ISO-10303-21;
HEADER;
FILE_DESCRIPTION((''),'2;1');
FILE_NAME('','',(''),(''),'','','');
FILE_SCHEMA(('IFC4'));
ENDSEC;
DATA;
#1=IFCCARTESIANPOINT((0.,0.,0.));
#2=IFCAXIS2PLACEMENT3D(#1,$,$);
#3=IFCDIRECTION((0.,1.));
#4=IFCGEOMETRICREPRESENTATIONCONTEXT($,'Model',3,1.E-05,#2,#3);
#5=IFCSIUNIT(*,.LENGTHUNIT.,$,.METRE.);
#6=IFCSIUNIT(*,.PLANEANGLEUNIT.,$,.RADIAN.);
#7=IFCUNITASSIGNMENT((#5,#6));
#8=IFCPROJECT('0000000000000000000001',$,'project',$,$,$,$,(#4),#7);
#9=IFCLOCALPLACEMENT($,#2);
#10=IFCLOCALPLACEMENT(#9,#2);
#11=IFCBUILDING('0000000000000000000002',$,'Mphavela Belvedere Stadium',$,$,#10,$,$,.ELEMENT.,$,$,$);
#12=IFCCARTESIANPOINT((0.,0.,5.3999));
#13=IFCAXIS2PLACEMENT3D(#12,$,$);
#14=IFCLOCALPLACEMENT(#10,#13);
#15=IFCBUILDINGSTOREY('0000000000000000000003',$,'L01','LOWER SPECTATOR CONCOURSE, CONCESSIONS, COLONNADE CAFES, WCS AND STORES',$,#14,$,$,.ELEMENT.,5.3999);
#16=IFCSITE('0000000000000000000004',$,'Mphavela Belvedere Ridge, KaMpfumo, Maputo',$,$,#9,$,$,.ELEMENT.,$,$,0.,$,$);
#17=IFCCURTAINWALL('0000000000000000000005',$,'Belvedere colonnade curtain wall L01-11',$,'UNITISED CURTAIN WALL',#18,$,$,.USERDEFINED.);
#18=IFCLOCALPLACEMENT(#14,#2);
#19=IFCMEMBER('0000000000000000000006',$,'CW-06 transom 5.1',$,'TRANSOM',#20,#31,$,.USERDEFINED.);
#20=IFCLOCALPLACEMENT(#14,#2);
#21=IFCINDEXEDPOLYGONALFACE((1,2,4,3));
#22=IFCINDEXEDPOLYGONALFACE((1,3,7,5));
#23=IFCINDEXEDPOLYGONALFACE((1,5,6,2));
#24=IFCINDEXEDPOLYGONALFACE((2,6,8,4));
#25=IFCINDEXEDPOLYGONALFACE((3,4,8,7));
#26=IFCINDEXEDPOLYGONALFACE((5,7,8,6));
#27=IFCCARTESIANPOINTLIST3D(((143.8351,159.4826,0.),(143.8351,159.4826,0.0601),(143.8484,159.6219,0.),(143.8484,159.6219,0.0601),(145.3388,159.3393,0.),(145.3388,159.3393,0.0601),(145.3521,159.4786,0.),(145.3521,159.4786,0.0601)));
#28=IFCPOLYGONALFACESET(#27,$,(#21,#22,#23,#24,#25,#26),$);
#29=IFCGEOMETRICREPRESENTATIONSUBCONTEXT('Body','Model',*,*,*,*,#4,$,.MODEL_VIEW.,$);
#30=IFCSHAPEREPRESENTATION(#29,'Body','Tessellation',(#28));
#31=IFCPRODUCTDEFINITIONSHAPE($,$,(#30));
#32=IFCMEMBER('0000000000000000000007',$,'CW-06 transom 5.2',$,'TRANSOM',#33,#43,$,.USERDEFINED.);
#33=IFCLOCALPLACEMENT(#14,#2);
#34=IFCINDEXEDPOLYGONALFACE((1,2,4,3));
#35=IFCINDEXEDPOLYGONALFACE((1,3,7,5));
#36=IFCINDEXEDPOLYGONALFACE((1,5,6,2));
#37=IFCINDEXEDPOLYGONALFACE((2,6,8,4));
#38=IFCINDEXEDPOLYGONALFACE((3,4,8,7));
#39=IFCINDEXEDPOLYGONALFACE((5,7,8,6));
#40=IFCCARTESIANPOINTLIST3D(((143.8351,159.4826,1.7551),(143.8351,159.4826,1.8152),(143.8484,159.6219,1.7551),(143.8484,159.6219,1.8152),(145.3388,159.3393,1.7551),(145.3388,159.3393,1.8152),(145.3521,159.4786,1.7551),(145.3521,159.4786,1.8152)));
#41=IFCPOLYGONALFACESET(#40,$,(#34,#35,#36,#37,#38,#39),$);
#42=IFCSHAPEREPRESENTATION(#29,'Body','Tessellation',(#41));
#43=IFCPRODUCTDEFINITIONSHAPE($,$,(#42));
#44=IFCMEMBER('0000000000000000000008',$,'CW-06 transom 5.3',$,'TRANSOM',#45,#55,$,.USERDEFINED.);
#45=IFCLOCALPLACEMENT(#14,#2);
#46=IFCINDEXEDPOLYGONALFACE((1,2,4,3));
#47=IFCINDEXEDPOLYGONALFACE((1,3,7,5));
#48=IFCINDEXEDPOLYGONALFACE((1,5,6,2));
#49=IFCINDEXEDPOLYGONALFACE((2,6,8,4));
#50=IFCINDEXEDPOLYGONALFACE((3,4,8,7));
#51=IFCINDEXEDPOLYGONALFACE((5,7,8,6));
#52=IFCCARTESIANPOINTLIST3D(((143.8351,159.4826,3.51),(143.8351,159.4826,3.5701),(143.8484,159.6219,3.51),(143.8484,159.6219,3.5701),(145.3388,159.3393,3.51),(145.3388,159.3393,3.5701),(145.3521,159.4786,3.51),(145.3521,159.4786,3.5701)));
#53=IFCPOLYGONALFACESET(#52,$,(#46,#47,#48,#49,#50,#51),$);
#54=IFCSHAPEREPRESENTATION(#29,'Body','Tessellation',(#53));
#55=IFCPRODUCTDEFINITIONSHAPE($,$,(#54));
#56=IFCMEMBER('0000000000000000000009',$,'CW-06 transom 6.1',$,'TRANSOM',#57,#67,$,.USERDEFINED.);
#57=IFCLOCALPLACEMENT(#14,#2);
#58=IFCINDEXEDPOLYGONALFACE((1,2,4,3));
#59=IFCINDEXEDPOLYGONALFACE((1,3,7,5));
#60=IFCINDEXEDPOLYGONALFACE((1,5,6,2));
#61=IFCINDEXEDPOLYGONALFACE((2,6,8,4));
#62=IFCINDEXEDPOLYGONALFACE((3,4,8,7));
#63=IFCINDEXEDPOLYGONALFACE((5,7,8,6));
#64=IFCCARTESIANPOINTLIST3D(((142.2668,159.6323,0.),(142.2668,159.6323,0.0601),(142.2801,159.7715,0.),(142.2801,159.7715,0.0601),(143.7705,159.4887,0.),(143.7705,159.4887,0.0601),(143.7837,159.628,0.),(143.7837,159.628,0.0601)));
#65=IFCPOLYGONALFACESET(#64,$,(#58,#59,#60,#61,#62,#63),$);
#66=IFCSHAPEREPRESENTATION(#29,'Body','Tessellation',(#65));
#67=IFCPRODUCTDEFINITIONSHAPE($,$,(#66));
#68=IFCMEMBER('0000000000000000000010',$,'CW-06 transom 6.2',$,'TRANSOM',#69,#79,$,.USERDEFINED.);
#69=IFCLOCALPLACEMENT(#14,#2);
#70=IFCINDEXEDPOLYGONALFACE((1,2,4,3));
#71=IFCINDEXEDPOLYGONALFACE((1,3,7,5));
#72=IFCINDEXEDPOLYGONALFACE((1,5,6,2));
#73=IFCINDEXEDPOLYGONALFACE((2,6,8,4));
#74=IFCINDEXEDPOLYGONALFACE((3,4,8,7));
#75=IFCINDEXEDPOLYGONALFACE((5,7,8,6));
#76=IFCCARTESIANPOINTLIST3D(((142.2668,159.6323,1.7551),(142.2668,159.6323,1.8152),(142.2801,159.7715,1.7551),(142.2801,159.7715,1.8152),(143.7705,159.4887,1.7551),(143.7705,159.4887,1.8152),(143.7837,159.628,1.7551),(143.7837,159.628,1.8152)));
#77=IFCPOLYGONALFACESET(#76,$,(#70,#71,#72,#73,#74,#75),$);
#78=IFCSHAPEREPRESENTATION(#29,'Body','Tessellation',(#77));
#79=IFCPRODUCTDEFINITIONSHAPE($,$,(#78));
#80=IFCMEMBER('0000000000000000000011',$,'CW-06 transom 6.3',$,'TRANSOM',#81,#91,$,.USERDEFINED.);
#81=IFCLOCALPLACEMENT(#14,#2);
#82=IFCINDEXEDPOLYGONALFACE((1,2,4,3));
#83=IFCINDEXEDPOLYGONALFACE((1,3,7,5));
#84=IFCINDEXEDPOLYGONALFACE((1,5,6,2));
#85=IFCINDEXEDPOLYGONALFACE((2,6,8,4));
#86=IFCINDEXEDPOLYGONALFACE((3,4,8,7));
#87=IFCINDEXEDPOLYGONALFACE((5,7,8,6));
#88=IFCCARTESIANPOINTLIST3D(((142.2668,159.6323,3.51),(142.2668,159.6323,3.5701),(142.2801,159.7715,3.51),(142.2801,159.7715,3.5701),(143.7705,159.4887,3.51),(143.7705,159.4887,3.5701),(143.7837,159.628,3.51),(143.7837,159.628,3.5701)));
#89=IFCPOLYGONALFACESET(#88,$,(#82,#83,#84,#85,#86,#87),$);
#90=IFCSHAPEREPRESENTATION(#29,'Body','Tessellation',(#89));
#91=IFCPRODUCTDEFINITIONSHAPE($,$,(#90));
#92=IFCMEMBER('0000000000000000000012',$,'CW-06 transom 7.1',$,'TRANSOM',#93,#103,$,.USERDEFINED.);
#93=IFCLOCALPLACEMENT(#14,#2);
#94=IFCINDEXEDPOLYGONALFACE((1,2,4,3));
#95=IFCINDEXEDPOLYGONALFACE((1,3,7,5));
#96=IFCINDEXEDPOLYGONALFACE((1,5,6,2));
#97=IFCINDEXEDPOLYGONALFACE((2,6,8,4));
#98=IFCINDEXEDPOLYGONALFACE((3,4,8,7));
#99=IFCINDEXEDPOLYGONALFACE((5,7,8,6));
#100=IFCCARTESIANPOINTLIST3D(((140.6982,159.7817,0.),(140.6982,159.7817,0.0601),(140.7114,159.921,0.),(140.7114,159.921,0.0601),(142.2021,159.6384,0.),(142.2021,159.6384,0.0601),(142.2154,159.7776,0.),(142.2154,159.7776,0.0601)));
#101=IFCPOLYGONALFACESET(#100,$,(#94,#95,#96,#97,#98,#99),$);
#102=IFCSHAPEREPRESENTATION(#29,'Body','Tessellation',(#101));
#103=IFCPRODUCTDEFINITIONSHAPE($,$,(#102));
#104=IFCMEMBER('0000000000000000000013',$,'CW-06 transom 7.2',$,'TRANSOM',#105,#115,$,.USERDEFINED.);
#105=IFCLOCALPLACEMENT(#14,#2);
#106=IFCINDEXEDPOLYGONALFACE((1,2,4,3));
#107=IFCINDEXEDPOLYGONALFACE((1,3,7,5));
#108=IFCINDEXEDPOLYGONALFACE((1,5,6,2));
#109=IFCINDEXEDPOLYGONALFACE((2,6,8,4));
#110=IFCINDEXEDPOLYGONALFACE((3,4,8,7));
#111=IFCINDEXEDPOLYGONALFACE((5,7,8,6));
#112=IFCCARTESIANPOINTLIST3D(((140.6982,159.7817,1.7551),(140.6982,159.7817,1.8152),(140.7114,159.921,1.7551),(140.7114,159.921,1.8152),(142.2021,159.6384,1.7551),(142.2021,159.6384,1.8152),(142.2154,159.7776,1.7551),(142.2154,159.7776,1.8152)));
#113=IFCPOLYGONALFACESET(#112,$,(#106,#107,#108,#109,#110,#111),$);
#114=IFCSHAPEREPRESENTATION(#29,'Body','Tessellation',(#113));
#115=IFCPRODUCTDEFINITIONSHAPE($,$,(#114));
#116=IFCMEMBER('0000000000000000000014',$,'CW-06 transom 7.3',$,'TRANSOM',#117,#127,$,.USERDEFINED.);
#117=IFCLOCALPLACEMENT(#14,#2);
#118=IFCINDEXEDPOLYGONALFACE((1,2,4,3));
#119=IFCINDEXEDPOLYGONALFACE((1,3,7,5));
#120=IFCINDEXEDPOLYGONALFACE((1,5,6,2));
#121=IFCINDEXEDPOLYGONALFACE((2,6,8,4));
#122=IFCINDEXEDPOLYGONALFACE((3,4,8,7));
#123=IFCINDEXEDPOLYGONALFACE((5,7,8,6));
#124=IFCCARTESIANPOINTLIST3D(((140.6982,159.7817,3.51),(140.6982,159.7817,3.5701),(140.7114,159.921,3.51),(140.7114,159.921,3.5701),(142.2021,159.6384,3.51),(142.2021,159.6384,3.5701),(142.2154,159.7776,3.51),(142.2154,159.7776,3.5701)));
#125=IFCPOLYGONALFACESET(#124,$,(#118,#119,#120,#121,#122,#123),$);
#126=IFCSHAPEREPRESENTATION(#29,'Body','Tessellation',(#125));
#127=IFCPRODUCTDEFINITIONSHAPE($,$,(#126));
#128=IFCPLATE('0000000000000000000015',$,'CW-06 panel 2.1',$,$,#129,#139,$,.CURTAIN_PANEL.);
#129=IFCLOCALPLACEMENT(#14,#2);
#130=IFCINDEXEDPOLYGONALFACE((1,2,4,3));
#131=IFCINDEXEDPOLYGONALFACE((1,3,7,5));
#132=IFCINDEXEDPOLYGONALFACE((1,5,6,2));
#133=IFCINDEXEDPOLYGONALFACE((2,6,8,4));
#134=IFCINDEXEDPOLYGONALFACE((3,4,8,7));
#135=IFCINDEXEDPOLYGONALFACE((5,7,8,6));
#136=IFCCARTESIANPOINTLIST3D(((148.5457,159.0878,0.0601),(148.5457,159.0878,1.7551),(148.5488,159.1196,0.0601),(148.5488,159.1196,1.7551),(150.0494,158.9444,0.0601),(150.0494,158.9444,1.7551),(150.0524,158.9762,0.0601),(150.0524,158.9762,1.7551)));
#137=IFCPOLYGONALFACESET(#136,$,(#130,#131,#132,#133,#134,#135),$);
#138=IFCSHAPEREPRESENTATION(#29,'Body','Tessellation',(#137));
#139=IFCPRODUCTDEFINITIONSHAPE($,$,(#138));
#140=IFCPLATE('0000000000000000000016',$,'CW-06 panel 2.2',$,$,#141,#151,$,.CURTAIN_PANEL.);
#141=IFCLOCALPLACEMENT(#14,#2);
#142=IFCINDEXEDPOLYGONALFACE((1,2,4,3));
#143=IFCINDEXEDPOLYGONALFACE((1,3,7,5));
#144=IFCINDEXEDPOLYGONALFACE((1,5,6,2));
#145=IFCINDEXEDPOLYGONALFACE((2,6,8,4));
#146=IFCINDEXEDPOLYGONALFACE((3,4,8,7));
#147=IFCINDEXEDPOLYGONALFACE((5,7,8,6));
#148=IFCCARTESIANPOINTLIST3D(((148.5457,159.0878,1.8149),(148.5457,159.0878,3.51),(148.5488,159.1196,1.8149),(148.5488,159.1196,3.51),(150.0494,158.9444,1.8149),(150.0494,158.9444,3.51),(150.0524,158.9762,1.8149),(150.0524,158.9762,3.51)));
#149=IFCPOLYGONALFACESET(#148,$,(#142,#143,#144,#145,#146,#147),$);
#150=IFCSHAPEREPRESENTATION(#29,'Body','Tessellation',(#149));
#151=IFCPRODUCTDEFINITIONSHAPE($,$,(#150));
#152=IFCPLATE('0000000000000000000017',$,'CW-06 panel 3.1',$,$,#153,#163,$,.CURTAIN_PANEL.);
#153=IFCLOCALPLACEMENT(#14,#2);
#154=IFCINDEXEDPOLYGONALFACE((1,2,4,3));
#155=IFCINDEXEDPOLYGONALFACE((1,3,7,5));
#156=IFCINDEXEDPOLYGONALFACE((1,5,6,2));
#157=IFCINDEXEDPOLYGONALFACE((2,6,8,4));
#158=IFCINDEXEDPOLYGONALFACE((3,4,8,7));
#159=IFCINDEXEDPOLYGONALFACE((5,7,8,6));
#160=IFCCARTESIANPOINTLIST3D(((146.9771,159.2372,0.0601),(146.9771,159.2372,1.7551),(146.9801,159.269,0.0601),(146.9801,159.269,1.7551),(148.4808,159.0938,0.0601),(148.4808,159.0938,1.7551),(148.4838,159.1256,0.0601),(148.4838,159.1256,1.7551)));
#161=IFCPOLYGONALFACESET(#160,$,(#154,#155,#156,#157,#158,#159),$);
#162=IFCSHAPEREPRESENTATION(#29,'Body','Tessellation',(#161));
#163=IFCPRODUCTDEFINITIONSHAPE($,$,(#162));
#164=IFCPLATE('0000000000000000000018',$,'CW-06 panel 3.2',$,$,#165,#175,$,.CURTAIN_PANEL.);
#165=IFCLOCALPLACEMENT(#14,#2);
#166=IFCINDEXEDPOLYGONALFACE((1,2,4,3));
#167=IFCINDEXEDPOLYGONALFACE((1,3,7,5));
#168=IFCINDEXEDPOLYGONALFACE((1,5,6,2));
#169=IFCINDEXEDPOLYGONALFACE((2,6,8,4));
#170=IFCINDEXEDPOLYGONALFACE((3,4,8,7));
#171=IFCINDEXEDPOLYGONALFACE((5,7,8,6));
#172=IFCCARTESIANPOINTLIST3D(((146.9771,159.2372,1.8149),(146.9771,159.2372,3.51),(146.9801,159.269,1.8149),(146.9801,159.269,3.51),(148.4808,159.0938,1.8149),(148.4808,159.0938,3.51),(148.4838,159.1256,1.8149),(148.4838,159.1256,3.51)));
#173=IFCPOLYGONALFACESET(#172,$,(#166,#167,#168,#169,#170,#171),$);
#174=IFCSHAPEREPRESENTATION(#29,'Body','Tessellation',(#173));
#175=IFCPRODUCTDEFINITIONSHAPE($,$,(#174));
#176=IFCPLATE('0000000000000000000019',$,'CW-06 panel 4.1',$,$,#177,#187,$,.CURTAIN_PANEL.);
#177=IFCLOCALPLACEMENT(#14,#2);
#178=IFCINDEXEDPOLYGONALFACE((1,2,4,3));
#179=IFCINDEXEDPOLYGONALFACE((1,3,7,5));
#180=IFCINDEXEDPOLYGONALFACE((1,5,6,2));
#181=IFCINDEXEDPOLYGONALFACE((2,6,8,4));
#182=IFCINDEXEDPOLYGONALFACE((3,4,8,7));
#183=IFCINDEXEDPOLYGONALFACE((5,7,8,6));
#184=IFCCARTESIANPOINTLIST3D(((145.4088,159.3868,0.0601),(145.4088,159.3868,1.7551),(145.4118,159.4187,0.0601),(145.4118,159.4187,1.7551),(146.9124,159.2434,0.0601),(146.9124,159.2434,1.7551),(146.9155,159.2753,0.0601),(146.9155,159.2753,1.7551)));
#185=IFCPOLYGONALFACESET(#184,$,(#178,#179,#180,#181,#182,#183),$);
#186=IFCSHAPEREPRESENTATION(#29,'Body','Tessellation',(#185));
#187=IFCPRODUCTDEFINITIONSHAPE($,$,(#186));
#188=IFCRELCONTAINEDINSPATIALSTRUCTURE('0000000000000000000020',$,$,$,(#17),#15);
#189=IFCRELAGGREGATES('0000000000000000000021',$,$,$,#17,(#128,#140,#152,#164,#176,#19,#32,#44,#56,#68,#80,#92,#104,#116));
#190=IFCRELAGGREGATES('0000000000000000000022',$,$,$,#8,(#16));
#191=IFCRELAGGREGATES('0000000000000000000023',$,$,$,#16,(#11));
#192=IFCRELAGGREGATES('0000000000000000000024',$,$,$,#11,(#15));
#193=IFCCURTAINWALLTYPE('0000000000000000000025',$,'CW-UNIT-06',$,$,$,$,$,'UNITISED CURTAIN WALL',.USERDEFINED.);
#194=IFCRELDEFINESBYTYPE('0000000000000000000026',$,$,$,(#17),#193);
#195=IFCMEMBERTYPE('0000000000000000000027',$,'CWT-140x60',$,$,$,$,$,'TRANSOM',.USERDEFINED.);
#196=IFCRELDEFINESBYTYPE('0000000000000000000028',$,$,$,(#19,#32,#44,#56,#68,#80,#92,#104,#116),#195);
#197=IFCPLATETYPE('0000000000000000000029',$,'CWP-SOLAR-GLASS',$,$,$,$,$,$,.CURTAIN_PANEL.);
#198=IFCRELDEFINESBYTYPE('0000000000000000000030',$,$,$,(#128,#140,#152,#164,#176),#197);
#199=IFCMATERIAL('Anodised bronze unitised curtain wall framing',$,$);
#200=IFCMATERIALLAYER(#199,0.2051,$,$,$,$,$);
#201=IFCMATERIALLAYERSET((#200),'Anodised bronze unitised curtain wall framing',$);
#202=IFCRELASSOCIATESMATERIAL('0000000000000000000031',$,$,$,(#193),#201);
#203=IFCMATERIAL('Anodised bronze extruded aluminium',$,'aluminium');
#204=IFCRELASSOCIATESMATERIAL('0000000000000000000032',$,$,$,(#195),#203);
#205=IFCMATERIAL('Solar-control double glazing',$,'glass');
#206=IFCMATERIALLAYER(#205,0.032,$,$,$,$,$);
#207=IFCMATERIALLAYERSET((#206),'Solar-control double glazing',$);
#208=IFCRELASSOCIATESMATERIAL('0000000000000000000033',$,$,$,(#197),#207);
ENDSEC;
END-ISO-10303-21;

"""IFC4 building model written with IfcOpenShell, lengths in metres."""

from ifc_helpers import new_model, si_unit, direction, frame, origin, origin_2d, place, context, subcontext, project, spatial, rectangle, extrude, material, layer, layer_set, material_profile, profile_set, type_object, element, aggregate, save


model = new_model("IFC4")

# Units and contexts
model_context = context("Model", 3, precision=1e-05, world=origin(), true_north=direction((0.0, 1.0)))
body_context = subcontext(model_context, "Body", "Model", "MODEL_VIEW")
ifc_project = project(units=[si_unit("LENGTHUNIT", "METRE"), si_unit("PLANEANGLEUNIT", "RADIAN")], contexts=[model_context])

# Site, building, storey
site_placement = place(None, origin())
site = spatial("IfcSite", under=ifc_project, at=site_placement, Name="Mphavela Belvedere Ridge, KaMpfumo, Maputo", CompositionType="ELEMENT", RefElevation=0.0)
building_placement = place(site_placement, origin())
building = spatial("IfcBuilding", under=site, at=building_placement, Name="Mphavela Belvedere Stadium", CompositionType="ELEMENT")
storey_placement = place(building_placement, frame((0.0, 0.0, 5.3999)))
storey = spatial("IfcBuildingStorey", under=building, at=storey_placement, Name="L01", Description="LOWER SPECTATOR CONCOURSE, CONCESSIONS, COLONNADE CAFES, WCS AND STORES", CompositionType="ELEMENT", Elevation=5.3999)

# Curtain wall, members, plates
ifc_material_1 = material(Name="Anodised bronze unitised curtain wall framing")
ifc_layer_1 = layer(ifc_material_1, 0.2051)
ifc_layer_set_1 = layer_set([ifc_layer_1], Name="Anodised bronze unitised curtain wall framing")
curtain_wall_type = type_object("IfcCurtainWallType", Name="CW-UNIT-06", ElementType="UNITISED CURTAIN WALL", PredefinedType="USERDEFINED", material=ifc_layer_set_1)
curtain_wall_placement = place(storey_placement, origin())
curtain_wall = element("IfcCurtainWall", 1, at=curtain_wall_placement, inside=storey, type_object=curtain_wall_type, Name="Belvedere colonnade curtain wall L01-11", ObjectType="UNITISED CURTAIN WALL", PredefinedType="USERDEFINED")
ifc_material_2 = material(Name="Anodised bronze extruded aluminium", Category="aluminium")
ifc_material_profile_1 = material_profile(ifc_material_2, rectangle(XDim=0.1399, YDim=0.0601, at=origin_2d()), Name="CW-TRN 140x60")
ifc_profile_set_1 = profile_set([ifc_material_profile_1], Name="Anodised bronze extruded aluminium")
member_type_1 = type_object("IfcMemberType", Name="CWT-140x60", ElementType="TRANSOM", PredefinedType="USERDEFINED", material=ifc_profile_set_1)
member_1_placement = place(storey_placement, frame((145.3455, 159.4089, 0.03), z_axis=(-0.995489, 0.094878, 0.0), x_axis=(-0.094878, -0.995489, 0.0)))
member_1 = element("IfcMember", 2, at=member_1_placement, type_object=member_type_1, Name="CW-06 transom 5.1", ObjectType="TRANSOM", PredefinedType="USERDEFINED", context=body_context, shape_type="SweptSolid", body=[
    extrude(rectangle(XDim=0.1399, YDim=0.0601, at=origin_2d()), origin(), (0.0, 0.0, 1.0), 1.5105),
])
member_2_placement = place(storey_placement, frame((145.3455, 159.4089, 1.7852), z_axis=(-0.995489, 0.094878, 0.0), x_axis=(-0.094878, -0.995489, 0.0)))
member_2 = element("IfcMember", 3, at=member_2_placement, type_object=member_type_1, Name="CW-06 transom 5.2", ObjectType="TRANSOM", PredefinedType="USERDEFINED", context=body_context, shape_type="SweptSolid", body=[
    extrude(rectangle(XDim=0.1399, YDim=0.0601, at=origin_2d()), origin(), (0.0, 0.0, 1.0), 1.5105),
])
member_3_placement = place(storey_placement, frame((145.3455, 159.4089, 3.54), z_axis=(-0.995489, 0.094878, 0.0), x_axis=(-0.094878, -0.995489, 0.0)))
member_3 = element("IfcMember", 4, at=member_3_placement, type_object=member_type_1, Name="CW-06 transom 5.3", ObjectType="TRANSOM", PredefinedType="USERDEFINED", context=body_context, shape_type="SweptSolid", body=[
    extrude(rectangle(XDim=0.1399, YDim=0.0601, at=origin_2d()), origin(), (0.0, 0.0, 1.0), 1.5105),
])
member_4_placement = place(storey_placement, frame((143.7771, 159.5583, 0.03), z_axis=(-0.995474, 0.095038, 0.0), x_axis=(-0.095038, -0.995474, 0.0)))
member_4 = element("IfcMember", 5, at=member_4_placement, type_object=member_type_1, Name="CW-06 transom 6.1", ObjectType="TRANSOM", PredefinedType="USERDEFINED", context=body_context, shape_type="SweptSolid", body=[
    extrude(rectangle(XDim=0.1399, YDim=0.0601, at=origin_2d()), origin(), (0.0, 0.0, 1.0), 1.5105),
])
member_5_placement = place(storey_placement, frame((143.7771, 159.5583, 1.7852), z_axis=(-0.995474, 0.095038, 0.0), x_axis=(-0.095038, -0.995474, 0.0)))
member_5 = element("IfcMember", 6, at=member_5_placement, type_object=member_type_1, Name="CW-06 transom 6.2", ObjectType="TRANSOM", PredefinedType="USERDEFINED", context=body_context, shape_type="SweptSolid", body=[
    extrude(rectangle(XDim=0.1399, YDim=0.0601, at=origin_2d()), origin(), (0.0, 0.0, 1.0), 1.5105),
])
member_6_placement = place(storey_placement, frame((143.7771, 159.5583, 3.54), z_axis=(-0.995474, 0.095038, 0.0), x_axis=(-0.095038, -0.995474, 0.0)))
member_6 = element("IfcMember", 7, at=member_6_placement, type_object=member_type_1, Name="CW-06 transom 6.3", ObjectType="TRANSOM", PredefinedType="USERDEFINED", context=body_context, shape_type="SweptSolid", body=[
    extrude(rectangle(XDim=0.1399, YDim=0.0601, at=origin_2d()), origin(), (0.0, 0.0, 1.0), 1.5105),
])
member_7_placement = place(storey_placement, frame((142.2087, 159.708, 0.03), z_axis=(-0.99549, 0.094862, 0.0), x_axis=(-0.094862, -0.99549, 0.0)))
member_7 = element("IfcMember", 8, at=member_7_placement, type_object=member_type_1, Name="CW-06 transom 7.1", ObjectType="TRANSOM", PredefinedType="USERDEFINED", context=body_context, shape_type="SweptSolid", body=[
    extrude(rectangle(XDim=0.1399, YDim=0.0601, at=origin_2d()), origin(), (0.0, 0.0, 1.0), 1.5107),
])
member_8_placement = place(storey_placement, frame((142.2087, 159.708, 1.7852), z_axis=(-0.99549, 0.094862, 0.0), x_axis=(-0.094862, -0.99549, 0.0)))
member_8 = element("IfcMember", 9, at=member_8_placement, type_object=member_type_1, Name="CW-06 transom 7.2", ObjectType="TRANSOM", PredefinedType="USERDEFINED", context=body_context, shape_type="SweptSolid", body=[
    extrude(rectangle(XDim=0.1399, YDim=0.0601, at=origin_2d()), origin(), (0.0, 0.0, 1.0), 1.5107),
])
member_9_placement = place(storey_placement, frame((142.2087, 159.708, 3.54), z_axis=(-0.99549, 0.094862, 0.0), x_axis=(-0.094862, -0.99549, 0.0)))
member_9 = element("IfcMember", 10, at=member_9_placement, type_object=member_type_1, Name="CW-06 transom 7.3", ObjectType="TRANSOM", PredefinedType="USERDEFINED", context=body_context, shape_type="SweptSolid", body=[
    extrude(rectangle(XDim=0.1399, YDim=0.0601, at=origin_2d()), origin(), (0.0, 0.0, 1.0), 1.5107),
])
ifc_material_3 = material(Name="Solar-control double glazing", Category="glass")
ifc_layer_2 = layer(ifc_material_3, 0.032)
ifc_layer_set_2 = layer_set([ifc_layer_2], Name="Solar-control double glazing")
plate_type = type_object("IfcPlateType", Name="CWP-SOLAR-GLASS", PredefinedType="CURTAIN_PANEL", material=ifc_layer_set_2)
plate_1_placement = place(storey_placement, frame((149.2991, 159.032, 0.0601), z_axis=(0.0, 0.0, 1.0), x_axis=(-0.995485, 0.094922, 0.0)))
plate_1 = element("IfcPlate", 11, at=plate_1_placement, type_object=plate_type, Name="CW-06 panel 2.1", PredefinedType="CURTAIN_PANEL", context=body_context, shape_type="SweptSolid", body=[
    extrude(rectangle(XDim=1.5105, YDim=0.032, at=origin_2d()), origin(), (0.0, 0.0, 1.0), 1.6951),
])
plate_2_placement = place(storey_placement, frame((149.2991, 159.032, 1.8149), z_axis=(0.0, 0.0, 1.0), x_axis=(-0.995485, 0.094922, 0.0)))
plate_2 = element("IfcPlate", 12, at=plate_2_placement, type_object=plate_type, Name="CW-06 panel 2.2", PredefinedType="CURTAIN_PANEL", context=body_context, shape_type="SweptSolid", body=[
    extrude(rectangle(XDim=1.5105, YDim=0.032, at=origin_2d()), origin(), (0.0, 0.0, 1.0), 1.6951),
])
plate_3_placement = place(storey_placement, frame((147.7305, 159.1814, 0.0601), z_axis=(0.0, 0.0, 1.0), x_axis=(-0.995485, 0.094922, 0.0)))
plate_3 = element("IfcPlate", 13, at=plate_3_placement, type_object=plate_type, Name="CW-06 panel 3.1", PredefinedType="CURTAIN_PANEL", context=body_context, shape_type="SweptSolid", body=[
    extrude(rectangle(XDim=1.5105, YDim=0.032, at=origin_2d()), origin(), (0.0, 0.0, 1.0), 1.6951),
])
plate_4_placement = place(storey_placement, frame((147.7305, 159.1814, 1.8149), z_axis=(0.0, 0.0, 1.0), x_axis=(-0.995485, 0.094922, 0.0)))
plate_4 = element("IfcPlate", 14, at=plate_4_placement, type_object=plate_type, Name="CW-06 panel 3.2", PredefinedType="CURTAIN_PANEL", context=body_context, shape_type="SweptSolid", body=[
    extrude(rectangle(XDim=1.5105, YDim=0.032, at=origin_2d()), origin(), (0.0, 0.0, 1.0), 1.6951),
])
plate_5_placement = place(storey_placement, frame((146.1621, 159.3311, 0.0601), z_axis=(0.0, 0.0, 1.0), x_axis=(-0.995485, 0.094922, 0.0)))
plate_5 = element("IfcPlate", 15, at=plate_5_placement, type_object=plate_type, Name="CW-06 panel 4.1", PredefinedType="CURTAIN_PANEL", context=body_context, shape_type="SweptSolid", body=[
    extrude(rectangle(XDim=1.5105, YDim=0.032, at=origin_2d()), origin(), (0.0, 0.0, 1.0), 1.6951),
])
aggregate(curtain_wall, [plate_1, plate_2, plate_3, plate_4, plate_5, member_1, member_2, member_3, member_4, member_5, member_6, member_7, member_8, member_9])

save(model, "model.ifc")
